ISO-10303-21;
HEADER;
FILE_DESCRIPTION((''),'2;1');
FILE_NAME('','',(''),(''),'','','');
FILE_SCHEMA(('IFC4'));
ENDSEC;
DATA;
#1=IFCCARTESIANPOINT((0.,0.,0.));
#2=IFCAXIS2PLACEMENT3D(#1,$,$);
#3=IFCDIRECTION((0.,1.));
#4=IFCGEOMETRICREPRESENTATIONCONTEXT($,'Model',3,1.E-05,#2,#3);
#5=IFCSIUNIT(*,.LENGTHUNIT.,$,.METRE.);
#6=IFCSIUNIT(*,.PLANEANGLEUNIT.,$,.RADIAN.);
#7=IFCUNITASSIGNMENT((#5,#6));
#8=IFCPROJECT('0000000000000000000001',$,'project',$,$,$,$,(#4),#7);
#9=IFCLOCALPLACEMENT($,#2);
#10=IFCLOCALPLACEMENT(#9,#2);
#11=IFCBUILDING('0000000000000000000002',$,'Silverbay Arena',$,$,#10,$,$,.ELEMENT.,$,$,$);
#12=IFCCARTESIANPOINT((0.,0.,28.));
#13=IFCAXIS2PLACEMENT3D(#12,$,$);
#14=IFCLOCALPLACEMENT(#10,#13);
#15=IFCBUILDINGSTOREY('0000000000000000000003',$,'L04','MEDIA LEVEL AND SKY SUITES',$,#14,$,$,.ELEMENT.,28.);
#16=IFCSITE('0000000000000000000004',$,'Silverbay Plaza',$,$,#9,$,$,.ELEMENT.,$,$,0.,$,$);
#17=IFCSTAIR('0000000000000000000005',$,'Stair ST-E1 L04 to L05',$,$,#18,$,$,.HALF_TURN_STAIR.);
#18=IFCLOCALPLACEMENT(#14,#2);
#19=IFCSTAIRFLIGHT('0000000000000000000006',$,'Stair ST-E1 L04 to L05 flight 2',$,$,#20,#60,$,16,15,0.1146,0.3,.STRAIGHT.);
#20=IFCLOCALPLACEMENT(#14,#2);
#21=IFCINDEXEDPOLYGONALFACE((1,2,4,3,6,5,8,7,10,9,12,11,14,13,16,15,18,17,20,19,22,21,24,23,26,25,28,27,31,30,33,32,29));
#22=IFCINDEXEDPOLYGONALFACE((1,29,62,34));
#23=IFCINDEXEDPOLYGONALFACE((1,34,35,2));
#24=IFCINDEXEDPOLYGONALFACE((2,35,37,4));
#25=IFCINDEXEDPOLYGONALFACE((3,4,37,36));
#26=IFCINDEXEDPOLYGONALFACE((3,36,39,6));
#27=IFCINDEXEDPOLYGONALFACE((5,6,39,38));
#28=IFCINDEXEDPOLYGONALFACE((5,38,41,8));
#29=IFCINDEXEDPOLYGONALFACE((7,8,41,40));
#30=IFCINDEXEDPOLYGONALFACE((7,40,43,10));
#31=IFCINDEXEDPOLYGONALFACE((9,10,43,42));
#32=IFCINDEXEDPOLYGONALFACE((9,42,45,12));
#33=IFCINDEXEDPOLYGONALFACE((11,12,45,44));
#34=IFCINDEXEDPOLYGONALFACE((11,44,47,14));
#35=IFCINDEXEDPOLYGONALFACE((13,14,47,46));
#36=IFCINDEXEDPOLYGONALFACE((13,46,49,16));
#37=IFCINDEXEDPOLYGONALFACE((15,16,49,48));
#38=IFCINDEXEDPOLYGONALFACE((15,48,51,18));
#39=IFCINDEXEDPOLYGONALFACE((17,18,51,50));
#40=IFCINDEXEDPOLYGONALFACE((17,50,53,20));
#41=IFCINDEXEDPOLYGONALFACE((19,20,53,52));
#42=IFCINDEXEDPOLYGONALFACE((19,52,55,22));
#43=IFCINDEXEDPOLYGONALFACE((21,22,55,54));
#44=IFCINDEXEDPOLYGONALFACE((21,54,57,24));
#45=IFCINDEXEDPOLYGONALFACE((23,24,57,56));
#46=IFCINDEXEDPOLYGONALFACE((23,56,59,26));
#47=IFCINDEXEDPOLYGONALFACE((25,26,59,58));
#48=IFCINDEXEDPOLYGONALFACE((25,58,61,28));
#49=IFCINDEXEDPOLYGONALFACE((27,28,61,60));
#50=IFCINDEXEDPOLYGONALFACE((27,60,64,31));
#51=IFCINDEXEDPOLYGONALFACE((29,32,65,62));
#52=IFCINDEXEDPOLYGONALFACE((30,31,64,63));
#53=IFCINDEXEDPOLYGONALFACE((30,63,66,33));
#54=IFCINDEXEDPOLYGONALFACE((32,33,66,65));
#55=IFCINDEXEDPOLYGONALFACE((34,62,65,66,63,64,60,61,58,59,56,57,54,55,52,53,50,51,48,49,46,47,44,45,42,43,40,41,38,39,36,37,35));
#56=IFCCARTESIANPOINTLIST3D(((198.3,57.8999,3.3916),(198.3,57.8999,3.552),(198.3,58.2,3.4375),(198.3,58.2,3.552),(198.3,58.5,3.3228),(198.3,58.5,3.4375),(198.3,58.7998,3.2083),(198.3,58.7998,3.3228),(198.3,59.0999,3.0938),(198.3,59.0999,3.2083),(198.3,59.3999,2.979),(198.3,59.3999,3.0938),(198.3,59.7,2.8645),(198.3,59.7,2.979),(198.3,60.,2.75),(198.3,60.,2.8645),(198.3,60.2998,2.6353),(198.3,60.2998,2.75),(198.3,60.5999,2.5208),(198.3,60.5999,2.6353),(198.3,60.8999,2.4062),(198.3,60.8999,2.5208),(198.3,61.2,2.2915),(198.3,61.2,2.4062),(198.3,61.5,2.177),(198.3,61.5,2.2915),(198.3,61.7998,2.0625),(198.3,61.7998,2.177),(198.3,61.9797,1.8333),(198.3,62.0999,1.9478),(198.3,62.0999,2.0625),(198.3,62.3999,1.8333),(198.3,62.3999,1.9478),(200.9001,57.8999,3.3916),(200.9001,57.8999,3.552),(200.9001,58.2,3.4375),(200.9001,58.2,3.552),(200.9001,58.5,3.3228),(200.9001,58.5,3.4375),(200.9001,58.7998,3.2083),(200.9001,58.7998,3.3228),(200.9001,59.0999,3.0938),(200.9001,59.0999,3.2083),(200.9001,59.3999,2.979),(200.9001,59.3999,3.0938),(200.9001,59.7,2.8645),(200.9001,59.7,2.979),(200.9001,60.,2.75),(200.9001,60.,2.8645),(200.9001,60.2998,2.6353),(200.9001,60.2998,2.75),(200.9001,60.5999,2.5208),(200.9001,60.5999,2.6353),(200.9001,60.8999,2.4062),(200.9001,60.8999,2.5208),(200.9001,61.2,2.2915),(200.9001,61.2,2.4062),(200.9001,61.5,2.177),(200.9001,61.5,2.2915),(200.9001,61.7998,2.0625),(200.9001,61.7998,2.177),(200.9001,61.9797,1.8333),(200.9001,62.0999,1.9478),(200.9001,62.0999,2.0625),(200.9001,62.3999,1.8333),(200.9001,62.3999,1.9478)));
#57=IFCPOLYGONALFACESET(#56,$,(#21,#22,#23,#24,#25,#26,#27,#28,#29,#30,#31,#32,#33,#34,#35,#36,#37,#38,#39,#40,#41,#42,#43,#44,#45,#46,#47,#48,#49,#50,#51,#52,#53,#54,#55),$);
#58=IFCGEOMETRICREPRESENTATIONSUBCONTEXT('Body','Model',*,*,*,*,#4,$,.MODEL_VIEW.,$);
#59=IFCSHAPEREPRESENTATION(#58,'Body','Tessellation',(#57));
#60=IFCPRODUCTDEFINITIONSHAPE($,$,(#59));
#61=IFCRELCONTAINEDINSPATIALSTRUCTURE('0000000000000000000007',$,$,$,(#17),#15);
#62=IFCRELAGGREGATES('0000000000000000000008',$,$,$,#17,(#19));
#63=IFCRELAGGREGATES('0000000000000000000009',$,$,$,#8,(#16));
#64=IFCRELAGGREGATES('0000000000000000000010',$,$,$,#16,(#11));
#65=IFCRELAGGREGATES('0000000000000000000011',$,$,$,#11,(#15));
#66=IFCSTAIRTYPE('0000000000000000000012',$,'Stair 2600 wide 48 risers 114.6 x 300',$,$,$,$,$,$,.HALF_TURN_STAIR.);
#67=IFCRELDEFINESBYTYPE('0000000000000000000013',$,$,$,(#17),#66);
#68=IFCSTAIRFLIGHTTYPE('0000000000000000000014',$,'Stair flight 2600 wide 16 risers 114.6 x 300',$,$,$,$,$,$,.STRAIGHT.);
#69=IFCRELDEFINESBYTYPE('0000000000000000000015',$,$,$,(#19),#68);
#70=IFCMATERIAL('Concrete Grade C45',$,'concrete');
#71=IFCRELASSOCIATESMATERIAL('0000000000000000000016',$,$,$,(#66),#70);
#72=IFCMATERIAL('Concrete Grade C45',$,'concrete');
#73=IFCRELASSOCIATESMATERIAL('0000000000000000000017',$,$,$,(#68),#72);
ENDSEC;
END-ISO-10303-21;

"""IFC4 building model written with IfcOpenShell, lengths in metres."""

from ifc_helpers import new_model, si_unit, direction, frame, origin, place, context, subcontext, project, spatial, polyline, outline, extrude, material, type_object, element, aggregate, save


model = new_model("IFC4")

# Units and contexts
model_context = context("Model", 3, precision=1e-05, world=origin(), true_north=direction((0.0, 1.0)))
body_context = subcontext(model_context, "Body", "Model", "MODEL_VIEW")
ifc_project = project(units=[si_unit("LENGTHUNIT", "METRE"), si_unit("PLANEANGLEUNIT", "RADIAN")], contexts=[model_context])

# Site, building, storey
site_placement = place(None, origin())
site = spatial("IfcSite", under=ifc_project, at=site_placement, Name="Silverbay Plaza", CompositionType="ELEMENT", RefElevation=0.0)
building_placement = place(site_placement, origin())
building = spatial("IfcBuilding", under=site, at=building_placement, Name="Silverbay Arena", CompositionType="ELEMENT")
storey_placement = place(building_placement, frame((0.0, 0.0, 28.0)))
storey = spatial("IfcBuildingStorey", under=building, at=storey_placement, Name="L04", Description="MEDIA LEVEL AND SKY SUITES", CompositionType="ELEMENT", Elevation=28.0)

# Stair, stair flight
ifc_material_1 = material(Name="Concrete Grade C45", Category="concrete")
stair_type = type_object("IfcStairType", Name="Stair 2600 wide 48 risers 114.6 x 300", PredefinedType="HALF_TURN_STAIR", material=ifc_material_1)
stair_placement = place(storey_placement, origin())
stair = element("IfcStair", 1, at=stair_placement, inside=storey, type_object=stair_type, Name="Stair ST-E1 L04 to L05", PredefinedType="HALF_TURN_STAIR")
ifc_material_2 = material(Name="Concrete Grade C45", Category="concrete")
stair_flight_type = type_object("IfcStairFlightType", Name="Stair flight 2600 wide 16 risers 114.6 x 300", PredefinedType="STRAIGHT", material=ifc_material_2)
stair_flight_placement = place(storey_placement, frame((199.6001, 62.3999, 1.8333), z_axis=(0.0, 0.0, 1.0), x_axis=(0.0, -1.0, 0.0)))
stair_flight = element("IfcStairFlight", 2, at=stair_flight_placement, type_object=stair_flight_type, Name="Stair ST-E1 L04 to L05 flight 2", NumberOfRisers=16, NumberOfTreads=15, PredefinedType="STRAIGHT", RiserHeight=0.1146, TreadLength=0.3, context=body_context, shape_type="SweptSolid", body=[
    extrude(outline(polyline([(0.0, 0.0), (0.0, 0.1145), (0.3, 0.1145), (0.3, 0.2292), (0.6001, 0.2292), (0.6001, 0.3438), (0.8999, 0.3438), (0.8999, 0.4583), (1.2, 0.4583), (1.2, 0.573), (1.5, 0.573), (1.5, 0.6875), (1.8, 0.6875), (1.8, 0.802), (2.1001, 0.802), (2.1001, 0.9167), (2.3999, 0.9167), (2.3999, 1.0312), (2.7, 1.0312), (2.7, 1.1458), (3.0, 1.1458), (3.0, 1.2605), (3.3, 1.2605), (3.3, 1.375), (3.6001, 1.375), (3.6001, 1.4895), (3.8999, 1.4895), (3.8999, 1.6042), (4.2, 1.6042), (4.2, 1.7188), (4.5, 1.7188), (4.5, 1.5583), (0.4202, 0.0), (0.0, 0.0)])), frame((0.0, 1.3, 0.0), z_axis=(0.0, -1.0, 0.0), x_axis=(1.0, 0.0, 0.0)), (0.0, 0.0, 1.0), 2.6001),
])
aggregate(stair, [stair_flight])

save(model, "model.ifc")
